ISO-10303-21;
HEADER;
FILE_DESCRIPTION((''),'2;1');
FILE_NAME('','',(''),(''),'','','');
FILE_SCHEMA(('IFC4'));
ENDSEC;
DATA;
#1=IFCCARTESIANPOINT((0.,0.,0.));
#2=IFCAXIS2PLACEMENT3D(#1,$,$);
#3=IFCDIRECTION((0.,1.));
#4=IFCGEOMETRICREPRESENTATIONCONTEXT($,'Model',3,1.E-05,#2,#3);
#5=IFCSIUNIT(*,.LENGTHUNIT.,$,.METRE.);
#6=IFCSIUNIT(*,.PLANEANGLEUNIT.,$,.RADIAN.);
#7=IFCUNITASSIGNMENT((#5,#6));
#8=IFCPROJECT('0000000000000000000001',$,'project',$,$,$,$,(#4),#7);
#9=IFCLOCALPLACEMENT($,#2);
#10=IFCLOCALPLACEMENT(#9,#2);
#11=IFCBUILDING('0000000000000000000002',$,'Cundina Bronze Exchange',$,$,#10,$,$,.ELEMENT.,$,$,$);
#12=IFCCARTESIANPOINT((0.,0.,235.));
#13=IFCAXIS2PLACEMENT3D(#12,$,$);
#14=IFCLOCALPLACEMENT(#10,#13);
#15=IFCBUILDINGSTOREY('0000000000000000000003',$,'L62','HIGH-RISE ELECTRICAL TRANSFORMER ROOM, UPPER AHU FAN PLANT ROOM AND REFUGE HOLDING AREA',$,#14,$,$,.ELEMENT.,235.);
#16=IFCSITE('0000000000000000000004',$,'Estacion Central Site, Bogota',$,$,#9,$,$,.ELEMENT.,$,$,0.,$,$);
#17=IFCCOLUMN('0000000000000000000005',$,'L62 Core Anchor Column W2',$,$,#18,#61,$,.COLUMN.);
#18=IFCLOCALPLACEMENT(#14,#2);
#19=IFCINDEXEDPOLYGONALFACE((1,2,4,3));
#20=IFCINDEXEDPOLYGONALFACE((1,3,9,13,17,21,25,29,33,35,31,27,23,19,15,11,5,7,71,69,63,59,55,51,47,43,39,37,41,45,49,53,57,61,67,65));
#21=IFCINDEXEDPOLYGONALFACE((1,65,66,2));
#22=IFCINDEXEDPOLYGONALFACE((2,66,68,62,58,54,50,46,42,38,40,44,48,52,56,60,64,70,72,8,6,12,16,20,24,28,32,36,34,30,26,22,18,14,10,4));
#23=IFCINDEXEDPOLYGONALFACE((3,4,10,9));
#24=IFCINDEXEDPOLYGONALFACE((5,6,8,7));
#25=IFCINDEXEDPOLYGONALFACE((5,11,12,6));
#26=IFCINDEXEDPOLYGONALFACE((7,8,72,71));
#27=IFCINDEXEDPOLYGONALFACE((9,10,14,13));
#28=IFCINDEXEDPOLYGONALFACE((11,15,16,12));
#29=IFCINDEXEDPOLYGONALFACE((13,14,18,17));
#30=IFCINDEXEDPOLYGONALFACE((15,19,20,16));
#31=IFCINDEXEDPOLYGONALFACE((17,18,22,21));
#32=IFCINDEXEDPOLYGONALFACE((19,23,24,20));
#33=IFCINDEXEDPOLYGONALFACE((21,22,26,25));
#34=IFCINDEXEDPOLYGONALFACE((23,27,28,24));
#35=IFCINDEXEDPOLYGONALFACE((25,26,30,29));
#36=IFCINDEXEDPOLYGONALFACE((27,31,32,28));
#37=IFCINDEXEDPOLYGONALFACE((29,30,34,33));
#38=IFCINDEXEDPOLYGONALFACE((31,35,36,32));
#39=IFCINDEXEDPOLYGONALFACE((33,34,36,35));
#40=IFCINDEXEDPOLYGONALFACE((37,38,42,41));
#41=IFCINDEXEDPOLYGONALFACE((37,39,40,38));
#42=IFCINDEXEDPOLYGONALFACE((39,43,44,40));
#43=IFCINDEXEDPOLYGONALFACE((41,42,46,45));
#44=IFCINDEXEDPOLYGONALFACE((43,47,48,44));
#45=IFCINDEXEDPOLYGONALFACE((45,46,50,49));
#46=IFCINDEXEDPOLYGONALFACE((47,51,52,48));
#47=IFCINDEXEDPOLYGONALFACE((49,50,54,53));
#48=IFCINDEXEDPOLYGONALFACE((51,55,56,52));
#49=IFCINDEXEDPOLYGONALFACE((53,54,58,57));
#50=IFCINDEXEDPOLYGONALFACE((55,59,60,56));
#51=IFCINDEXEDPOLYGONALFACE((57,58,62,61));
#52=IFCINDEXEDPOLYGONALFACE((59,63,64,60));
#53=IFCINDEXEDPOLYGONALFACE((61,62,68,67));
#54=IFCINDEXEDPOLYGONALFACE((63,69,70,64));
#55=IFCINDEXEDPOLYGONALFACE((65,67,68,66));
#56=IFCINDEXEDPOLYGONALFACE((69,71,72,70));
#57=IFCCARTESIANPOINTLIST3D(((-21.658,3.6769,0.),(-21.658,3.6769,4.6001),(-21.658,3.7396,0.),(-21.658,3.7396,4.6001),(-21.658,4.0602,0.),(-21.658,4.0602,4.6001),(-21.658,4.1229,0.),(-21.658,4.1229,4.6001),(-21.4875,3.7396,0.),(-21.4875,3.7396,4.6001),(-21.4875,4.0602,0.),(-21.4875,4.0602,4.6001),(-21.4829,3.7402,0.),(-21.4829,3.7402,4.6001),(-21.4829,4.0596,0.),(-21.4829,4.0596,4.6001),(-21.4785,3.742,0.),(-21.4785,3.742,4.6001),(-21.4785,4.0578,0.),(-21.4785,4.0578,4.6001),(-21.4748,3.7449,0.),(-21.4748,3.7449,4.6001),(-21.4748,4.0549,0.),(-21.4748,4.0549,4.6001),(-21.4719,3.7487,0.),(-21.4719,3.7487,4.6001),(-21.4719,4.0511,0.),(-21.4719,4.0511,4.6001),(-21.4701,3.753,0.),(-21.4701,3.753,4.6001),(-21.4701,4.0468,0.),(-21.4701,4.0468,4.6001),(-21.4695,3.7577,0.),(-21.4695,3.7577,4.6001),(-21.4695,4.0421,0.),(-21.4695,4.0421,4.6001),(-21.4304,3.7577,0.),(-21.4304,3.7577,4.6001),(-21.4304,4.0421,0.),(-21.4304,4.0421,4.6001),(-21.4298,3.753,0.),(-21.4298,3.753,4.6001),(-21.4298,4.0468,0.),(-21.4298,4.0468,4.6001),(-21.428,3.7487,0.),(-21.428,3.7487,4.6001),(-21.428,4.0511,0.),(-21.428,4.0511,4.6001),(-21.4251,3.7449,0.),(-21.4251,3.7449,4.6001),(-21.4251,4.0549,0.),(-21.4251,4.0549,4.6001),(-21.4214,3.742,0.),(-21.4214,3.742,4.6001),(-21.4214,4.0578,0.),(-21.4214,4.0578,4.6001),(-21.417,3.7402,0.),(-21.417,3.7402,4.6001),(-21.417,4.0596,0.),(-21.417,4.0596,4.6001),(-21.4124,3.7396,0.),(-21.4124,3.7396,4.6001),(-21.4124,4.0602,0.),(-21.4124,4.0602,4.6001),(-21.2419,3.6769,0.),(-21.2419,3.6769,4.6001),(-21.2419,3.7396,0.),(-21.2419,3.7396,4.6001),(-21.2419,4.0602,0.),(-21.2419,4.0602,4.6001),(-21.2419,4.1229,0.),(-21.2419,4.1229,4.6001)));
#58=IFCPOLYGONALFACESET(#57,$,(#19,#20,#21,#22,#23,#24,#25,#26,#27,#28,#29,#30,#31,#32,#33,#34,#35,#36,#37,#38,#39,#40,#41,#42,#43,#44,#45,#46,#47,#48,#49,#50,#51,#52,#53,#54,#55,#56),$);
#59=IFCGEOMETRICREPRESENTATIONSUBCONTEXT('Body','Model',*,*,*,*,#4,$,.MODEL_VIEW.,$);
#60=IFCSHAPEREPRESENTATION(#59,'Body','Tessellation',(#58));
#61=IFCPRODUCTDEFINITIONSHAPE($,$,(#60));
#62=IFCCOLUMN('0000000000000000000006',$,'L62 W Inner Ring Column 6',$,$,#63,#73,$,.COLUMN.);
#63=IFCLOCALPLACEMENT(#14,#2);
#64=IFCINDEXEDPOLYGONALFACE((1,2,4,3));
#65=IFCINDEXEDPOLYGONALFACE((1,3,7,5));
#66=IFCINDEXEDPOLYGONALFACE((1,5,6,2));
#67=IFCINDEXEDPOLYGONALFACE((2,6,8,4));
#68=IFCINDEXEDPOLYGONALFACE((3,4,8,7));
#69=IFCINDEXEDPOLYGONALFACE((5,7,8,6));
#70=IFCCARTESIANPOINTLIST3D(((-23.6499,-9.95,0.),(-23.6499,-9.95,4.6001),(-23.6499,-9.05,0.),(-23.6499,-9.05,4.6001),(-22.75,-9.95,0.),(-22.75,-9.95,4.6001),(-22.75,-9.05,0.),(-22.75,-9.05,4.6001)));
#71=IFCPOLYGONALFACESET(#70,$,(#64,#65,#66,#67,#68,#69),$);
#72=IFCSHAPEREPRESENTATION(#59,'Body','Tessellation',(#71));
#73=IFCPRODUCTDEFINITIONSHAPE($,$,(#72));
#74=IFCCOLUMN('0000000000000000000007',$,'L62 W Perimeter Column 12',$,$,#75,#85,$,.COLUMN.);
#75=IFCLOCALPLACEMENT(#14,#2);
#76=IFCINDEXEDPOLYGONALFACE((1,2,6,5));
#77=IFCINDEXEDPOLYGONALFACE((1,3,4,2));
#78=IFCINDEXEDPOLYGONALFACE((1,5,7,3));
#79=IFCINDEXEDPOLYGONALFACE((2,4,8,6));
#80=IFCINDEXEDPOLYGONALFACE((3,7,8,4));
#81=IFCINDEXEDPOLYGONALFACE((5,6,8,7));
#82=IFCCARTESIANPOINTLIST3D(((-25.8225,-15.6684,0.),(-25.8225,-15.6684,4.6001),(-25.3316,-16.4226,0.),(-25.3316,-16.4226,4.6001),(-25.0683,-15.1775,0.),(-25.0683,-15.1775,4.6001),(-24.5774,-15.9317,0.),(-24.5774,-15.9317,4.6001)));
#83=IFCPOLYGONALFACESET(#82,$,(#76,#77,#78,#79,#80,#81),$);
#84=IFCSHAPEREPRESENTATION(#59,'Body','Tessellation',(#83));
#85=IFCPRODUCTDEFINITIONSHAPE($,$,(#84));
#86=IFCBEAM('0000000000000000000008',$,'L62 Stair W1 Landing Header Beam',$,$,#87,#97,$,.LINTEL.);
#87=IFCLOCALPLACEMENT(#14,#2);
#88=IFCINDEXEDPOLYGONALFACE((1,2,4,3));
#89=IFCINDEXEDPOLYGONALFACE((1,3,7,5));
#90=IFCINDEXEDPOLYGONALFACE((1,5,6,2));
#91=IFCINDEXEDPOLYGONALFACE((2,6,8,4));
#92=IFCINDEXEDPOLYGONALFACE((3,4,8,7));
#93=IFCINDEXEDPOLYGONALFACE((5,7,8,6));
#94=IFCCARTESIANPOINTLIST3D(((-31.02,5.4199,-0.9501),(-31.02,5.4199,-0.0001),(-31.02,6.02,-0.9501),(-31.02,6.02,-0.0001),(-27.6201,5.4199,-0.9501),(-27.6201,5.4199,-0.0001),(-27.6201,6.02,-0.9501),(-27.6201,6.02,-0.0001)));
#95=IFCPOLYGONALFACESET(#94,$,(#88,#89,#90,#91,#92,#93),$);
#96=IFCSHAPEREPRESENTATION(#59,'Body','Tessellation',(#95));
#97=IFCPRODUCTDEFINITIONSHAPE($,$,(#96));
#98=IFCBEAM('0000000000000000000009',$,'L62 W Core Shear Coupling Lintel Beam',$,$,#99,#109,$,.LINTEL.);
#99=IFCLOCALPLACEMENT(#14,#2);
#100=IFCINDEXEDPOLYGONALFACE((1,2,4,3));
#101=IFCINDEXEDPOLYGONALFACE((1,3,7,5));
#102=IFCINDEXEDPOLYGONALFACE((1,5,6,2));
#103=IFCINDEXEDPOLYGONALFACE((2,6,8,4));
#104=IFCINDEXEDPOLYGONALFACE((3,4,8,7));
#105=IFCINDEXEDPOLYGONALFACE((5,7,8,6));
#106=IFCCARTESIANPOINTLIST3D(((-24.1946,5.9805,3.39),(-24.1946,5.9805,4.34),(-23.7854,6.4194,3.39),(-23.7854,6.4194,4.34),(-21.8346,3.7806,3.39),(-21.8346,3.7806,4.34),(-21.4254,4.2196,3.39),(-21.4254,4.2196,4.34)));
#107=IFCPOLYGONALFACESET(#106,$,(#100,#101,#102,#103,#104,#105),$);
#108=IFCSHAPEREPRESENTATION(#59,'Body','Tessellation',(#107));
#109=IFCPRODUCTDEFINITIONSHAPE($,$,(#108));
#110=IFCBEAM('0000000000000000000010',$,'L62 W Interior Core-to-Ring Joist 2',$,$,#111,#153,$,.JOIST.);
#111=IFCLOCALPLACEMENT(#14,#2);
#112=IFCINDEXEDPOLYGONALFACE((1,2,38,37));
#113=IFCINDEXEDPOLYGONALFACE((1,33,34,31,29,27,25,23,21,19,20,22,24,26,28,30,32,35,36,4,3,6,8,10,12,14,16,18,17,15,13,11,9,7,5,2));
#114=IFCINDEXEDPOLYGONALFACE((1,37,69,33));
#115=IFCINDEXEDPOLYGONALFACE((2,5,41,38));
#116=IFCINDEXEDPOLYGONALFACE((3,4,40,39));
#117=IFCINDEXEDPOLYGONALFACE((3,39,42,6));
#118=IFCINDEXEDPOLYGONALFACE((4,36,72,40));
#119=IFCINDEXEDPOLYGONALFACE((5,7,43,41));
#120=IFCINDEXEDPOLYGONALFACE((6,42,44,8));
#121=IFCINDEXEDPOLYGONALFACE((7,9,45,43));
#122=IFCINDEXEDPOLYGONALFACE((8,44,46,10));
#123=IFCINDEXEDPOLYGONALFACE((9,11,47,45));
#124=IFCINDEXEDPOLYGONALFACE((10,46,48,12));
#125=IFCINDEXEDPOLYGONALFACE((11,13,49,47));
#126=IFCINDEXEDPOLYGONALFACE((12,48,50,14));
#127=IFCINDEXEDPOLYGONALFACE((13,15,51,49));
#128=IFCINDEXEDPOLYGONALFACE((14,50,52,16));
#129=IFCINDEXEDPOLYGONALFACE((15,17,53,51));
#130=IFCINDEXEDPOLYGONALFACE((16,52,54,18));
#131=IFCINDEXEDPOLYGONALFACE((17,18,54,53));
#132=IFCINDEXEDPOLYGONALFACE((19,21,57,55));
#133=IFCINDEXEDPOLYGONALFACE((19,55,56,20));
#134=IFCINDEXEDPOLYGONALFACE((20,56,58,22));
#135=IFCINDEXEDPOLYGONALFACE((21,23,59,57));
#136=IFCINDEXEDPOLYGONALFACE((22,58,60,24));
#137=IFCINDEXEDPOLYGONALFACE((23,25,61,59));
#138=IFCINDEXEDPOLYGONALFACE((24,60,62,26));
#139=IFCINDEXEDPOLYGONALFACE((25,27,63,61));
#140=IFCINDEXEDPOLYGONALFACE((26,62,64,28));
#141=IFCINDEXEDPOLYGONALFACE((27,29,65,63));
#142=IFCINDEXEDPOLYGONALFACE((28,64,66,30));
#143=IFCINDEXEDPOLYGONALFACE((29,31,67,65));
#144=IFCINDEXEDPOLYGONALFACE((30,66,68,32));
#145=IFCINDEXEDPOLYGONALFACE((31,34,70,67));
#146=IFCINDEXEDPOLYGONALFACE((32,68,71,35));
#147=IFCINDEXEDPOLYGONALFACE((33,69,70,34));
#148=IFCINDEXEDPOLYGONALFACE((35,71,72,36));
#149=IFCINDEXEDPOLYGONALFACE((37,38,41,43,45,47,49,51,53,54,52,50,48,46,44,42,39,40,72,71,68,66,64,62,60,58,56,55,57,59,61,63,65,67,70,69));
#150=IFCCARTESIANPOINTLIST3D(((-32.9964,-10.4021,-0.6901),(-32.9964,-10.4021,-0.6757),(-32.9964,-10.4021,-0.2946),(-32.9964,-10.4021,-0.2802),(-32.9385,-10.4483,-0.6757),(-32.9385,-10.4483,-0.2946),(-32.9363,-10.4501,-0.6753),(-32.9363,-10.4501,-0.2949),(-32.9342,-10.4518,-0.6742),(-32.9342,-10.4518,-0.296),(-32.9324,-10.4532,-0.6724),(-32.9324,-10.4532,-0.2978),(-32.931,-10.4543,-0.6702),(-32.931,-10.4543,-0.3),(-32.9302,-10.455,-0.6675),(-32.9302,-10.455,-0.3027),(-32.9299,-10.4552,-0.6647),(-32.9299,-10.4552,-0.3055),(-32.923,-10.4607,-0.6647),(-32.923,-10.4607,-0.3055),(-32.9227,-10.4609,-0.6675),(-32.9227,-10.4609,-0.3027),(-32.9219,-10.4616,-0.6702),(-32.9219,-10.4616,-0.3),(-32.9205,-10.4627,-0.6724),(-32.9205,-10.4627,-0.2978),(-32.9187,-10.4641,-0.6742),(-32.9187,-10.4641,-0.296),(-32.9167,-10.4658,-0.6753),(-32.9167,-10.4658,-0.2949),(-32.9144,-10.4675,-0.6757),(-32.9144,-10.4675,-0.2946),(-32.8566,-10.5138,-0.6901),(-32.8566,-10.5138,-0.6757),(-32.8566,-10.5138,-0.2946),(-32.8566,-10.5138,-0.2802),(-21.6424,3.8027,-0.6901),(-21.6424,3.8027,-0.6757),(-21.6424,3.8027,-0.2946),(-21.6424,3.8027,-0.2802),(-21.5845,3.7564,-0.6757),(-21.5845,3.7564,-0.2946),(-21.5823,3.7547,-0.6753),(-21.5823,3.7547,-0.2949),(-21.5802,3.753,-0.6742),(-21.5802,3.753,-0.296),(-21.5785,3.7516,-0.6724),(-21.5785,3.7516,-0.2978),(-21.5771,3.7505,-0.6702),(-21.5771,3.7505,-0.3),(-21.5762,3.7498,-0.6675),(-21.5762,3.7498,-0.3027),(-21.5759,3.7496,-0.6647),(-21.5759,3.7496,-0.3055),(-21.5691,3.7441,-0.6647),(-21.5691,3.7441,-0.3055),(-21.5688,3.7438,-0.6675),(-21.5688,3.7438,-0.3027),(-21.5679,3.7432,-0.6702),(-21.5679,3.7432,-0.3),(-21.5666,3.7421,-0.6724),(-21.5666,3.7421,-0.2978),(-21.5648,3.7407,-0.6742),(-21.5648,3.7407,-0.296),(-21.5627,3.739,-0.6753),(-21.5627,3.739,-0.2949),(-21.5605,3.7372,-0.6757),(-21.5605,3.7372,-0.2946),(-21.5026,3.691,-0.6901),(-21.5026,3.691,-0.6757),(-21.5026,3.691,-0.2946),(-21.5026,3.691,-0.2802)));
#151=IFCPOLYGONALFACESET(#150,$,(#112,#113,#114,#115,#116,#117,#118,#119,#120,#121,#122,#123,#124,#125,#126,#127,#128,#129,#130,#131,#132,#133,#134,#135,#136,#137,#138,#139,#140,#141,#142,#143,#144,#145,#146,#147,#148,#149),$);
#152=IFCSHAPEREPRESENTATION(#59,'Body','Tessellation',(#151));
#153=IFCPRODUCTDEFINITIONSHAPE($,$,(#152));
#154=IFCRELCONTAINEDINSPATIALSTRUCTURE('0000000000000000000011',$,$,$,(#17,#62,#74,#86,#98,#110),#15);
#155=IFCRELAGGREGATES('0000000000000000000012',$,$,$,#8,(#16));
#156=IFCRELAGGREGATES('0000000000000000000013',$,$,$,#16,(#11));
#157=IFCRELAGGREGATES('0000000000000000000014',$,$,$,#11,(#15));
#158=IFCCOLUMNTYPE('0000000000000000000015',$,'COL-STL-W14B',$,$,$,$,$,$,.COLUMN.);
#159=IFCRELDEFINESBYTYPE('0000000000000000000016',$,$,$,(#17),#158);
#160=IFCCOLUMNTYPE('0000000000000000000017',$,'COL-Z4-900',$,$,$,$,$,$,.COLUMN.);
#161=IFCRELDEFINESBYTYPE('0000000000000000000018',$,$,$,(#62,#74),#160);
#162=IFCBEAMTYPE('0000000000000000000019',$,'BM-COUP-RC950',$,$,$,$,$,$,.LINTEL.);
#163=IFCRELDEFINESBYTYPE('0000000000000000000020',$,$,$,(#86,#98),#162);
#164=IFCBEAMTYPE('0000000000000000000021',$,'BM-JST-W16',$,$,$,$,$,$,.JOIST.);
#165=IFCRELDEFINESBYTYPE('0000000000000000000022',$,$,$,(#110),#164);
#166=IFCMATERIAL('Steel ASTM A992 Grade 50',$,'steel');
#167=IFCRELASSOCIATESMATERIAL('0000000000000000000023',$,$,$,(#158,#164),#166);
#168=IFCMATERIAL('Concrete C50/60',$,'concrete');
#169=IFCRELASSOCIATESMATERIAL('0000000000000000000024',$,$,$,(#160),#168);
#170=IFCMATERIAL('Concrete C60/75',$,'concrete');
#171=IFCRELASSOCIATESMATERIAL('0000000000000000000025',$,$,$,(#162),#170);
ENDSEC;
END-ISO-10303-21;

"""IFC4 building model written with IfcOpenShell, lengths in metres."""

from ifc_helpers import new_model, si_unit, direction, frame, origin, origin_2d, place, context, subcontext, project, spatial, rectangle, i_section, extrude, material, material_profile, profile_set, type_object, element, save


model = new_model("IFC4")

# Units and contexts
model_context = context("Model", 3, precision=1e-05, world=origin(), true_north=direction((0.0, 1.0)))
body_context = subcontext(model_context, "Body", "Model", "MODEL_VIEW")
ifc_project = project(units=[si_unit("LENGTHUNIT", "METRE"), si_unit("PLANEANGLEUNIT", "RADIAN")], contexts=[model_context])

# Site, building, storey
site_placement = place(None, origin())
site = spatial("IfcSite", under=ifc_project, at=site_placement, Name="Estacion Central Site, Bogota", CompositionType="ELEMENT", RefElevation=0.0)
building_placement = place(site_placement, origin())
building = spatial("IfcBuilding", under=site, at=building_placement, Name="Cundina Bronze Exchange", CompositionType="ELEMENT")
storey_placement = place(building_placement, frame((0.0, 0.0, 235.0)))
storey = spatial("IfcBuildingStorey", under=building, at=storey_placement, Name="L62", Description="HIGH-RISE ELECTRICAL TRANSFORMER ROOM, UPPER AHU FAN PLANT ROOM AND REFUGE HOLDING AREA", CompositionType="ELEMENT", Elevation=235.0)

# Columns
ifc_material_1 = material(Name="Steel ASTM A992 Grade 50", Category="steel")
ifc_material_profile_1 = material_profile(ifc_material_1, i_section(OverallWidth=0.416, OverallDepth=0.446, WebThickness=0.0391, FlangeThickness=0.0627, FilletRadius=0.0181, at=origin_2d()), Name="W14X342", Category="steel")
ifc_profile_set_1 = profile_set([ifc_material_profile_1], Name="Steel ASTM A992 Grade 50")
column_type_1 = type_object("IfcColumnType", Name="COL-STL-W14B", PredefinedType="COLUMN", material=ifc_profile_set_1)
column_placement = place(storey_placement, frame((-21.45, 3.8999, 0.0), z_axis=(0.0, 0.0, 1.0), x_axis=(1.0, 0.0, 0.0)))
element("IfcColumn", 1, at=column_placement, inside=storey, type_object=column_type_1, Name="L62 Core Anchor Column W2", PredefinedType="COLUMN", context=body_context, shape_type="SweptSolid", body=[
    extrude(i_section(OverallWidth=0.416, OverallDepth=0.446, WebThickness=0.0391, FlangeThickness=0.0627, FilletRadius=0.0181, at=origin_2d()), origin(), (0.0, 0.0, 1.0), 4.6001),
])
ifc_material_2 = material(Name="Concrete C50/60", Category="concrete")
ifc_material_profile_2 = material_profile(ifc_material_2, rectangle(XDim=0.8999, YDim=0.8999, at=origin_2d()), Name="RC900X900", Category="concrete")
ifc_profile_set_2 = profile_set([ifc_material_profile_2], Name="Concrete C50/60")
column_type_2 = type_object("IfcColumnType", Name="COL-Z4-900", PredefinedType="COLUMN", material=ifc_profile_set_2)
for number, where, z_axis, x_axis, name in (
    (2, (-23.2, -9.5, 0.0), (0.0, 0.0, 1.0), (1.0, 0.0, 0.0), "L62 W Inner Ring Column 6"),
    (3, (-25.2, -15.8, 0.0), (0.0, 0.0, 1.0), (0.8381, 0.545517, 0.0), "L62 W Perimeter Column 12"),
):
    element("IfcColumn", number, at=place(storey_placement, frame(where, z_axis=z_axis, x_axis=x_axis)), inside=storey, type_object=column_type_2, Name=name, PredefinedType="COLUMN", context=body_context, shape_type="SweptSolid", body=[
        extrude(rectangle(XDim=0.8999, YDim=0.8999, at=origin_2d()), origin(), (0.0, 0.0, 1.0), 4.6001),
    ])

# Beams
ifc_material_3 = material(Name="Concrete C60/75", Category="concrete")
ifc_material_profile_3 = material_profile(ifc_material_3, rectangle(XDim=0.6001, YDim=0.95, at=origin_2d()), Name="RC600X950", Category="concrete")
ifc_profile_set_3 = profile_set([ifc_material_profile_3], Name="Concrete C60/75")
beam_type_1 = type_object("IfcBeamType", Name="BM-COUP-RC950", PredefinedType="LINTEL", material=ifc_profile_set_3)
beam_1_placement = place(storey_placement, frame((-31.02, 5.72, -0.4751), z_axis=(1.0, 0.0, 0.0), x_axis=(0.0, 1.0, 0.0)))
element("IfcBeam", 4, at=beam_1_placement, inside=storey, type_object=beam_type_1, Name="L62 Stair W1 Landing Header Beam", PredefinedType="LINTEL", context=body_context, shape_type="SweptSolid", body=[
    extrude(rectangle(XDim=0.6001, YDim=0.95, at=origin_2d()), origin(), (0.0, 0.0, 1.0), 3.3999),
])
beam_2_placement = place(storey_placement, frame((-23.99, 6.2, 3.865), z_axis=(0.73149, -0.681852, 0.0), x_axis=(0.681852, 0.73149, 0.0)))
element("IfcBeam", 5, at=beam_2_placement, inside=storey, type_object=beam_type_1, Name="L62 W Core Shear Coupling Lintel Beam", PredefinedType="LINTEL", context=body_context, shape_type="SweptSolid", body=[
    extrude(rectangle(XDim=0.6001, YDim=0.95, at=origin_2d()), origin(), (0.0, 0.0, 1.0), 3.2263),
])
ifc_material_profile_4 = material_profile(ifc_material_1, i_section(OverallWidth=0.179, OverallDepth=0.4099, WebThickness=0.0088, FlangeThickness=0.0144, FilletRadius=0.011, at=origin_2d()), Name="W16X45", Category="steel")
ifc_profile_set_4 = profile_set([ifc_material_profile_4], Name="Steel ASTM A992 Grade 50")
beam_type_2 = type_object("IfcBeamType", Name="BM-JST-W16", PredefinedType="JOIST", material=ifc_profile_set_4)
beam_3_placement = place(storey_placement, frame((-21.5725, 3.7468, -0.4851), z_axis=(-0.624364, -0.781133, 0.0), x_axis=(0.781133, -0.624364, 0.0)))
element("IfcBeam", 6, at=beam_3_placement, inside=storey, type_object=beam_type_2, Name="L62 W Interior Core-to-Ring Joist 2", PredefinedType="JOIST", context=body_context, shape_type="SweptSolid", body=[
    extrude(i_section(OverallWidth=0.179, OverallDepth=0.4099, WebThickness=0.0088, FlangeThickness=0.0144, FilletRadius=0.011, at=origin_2d()), origin(), (0.0, 0.0, 1.0), 18.1848),
])

save(model, "model.ifc")
